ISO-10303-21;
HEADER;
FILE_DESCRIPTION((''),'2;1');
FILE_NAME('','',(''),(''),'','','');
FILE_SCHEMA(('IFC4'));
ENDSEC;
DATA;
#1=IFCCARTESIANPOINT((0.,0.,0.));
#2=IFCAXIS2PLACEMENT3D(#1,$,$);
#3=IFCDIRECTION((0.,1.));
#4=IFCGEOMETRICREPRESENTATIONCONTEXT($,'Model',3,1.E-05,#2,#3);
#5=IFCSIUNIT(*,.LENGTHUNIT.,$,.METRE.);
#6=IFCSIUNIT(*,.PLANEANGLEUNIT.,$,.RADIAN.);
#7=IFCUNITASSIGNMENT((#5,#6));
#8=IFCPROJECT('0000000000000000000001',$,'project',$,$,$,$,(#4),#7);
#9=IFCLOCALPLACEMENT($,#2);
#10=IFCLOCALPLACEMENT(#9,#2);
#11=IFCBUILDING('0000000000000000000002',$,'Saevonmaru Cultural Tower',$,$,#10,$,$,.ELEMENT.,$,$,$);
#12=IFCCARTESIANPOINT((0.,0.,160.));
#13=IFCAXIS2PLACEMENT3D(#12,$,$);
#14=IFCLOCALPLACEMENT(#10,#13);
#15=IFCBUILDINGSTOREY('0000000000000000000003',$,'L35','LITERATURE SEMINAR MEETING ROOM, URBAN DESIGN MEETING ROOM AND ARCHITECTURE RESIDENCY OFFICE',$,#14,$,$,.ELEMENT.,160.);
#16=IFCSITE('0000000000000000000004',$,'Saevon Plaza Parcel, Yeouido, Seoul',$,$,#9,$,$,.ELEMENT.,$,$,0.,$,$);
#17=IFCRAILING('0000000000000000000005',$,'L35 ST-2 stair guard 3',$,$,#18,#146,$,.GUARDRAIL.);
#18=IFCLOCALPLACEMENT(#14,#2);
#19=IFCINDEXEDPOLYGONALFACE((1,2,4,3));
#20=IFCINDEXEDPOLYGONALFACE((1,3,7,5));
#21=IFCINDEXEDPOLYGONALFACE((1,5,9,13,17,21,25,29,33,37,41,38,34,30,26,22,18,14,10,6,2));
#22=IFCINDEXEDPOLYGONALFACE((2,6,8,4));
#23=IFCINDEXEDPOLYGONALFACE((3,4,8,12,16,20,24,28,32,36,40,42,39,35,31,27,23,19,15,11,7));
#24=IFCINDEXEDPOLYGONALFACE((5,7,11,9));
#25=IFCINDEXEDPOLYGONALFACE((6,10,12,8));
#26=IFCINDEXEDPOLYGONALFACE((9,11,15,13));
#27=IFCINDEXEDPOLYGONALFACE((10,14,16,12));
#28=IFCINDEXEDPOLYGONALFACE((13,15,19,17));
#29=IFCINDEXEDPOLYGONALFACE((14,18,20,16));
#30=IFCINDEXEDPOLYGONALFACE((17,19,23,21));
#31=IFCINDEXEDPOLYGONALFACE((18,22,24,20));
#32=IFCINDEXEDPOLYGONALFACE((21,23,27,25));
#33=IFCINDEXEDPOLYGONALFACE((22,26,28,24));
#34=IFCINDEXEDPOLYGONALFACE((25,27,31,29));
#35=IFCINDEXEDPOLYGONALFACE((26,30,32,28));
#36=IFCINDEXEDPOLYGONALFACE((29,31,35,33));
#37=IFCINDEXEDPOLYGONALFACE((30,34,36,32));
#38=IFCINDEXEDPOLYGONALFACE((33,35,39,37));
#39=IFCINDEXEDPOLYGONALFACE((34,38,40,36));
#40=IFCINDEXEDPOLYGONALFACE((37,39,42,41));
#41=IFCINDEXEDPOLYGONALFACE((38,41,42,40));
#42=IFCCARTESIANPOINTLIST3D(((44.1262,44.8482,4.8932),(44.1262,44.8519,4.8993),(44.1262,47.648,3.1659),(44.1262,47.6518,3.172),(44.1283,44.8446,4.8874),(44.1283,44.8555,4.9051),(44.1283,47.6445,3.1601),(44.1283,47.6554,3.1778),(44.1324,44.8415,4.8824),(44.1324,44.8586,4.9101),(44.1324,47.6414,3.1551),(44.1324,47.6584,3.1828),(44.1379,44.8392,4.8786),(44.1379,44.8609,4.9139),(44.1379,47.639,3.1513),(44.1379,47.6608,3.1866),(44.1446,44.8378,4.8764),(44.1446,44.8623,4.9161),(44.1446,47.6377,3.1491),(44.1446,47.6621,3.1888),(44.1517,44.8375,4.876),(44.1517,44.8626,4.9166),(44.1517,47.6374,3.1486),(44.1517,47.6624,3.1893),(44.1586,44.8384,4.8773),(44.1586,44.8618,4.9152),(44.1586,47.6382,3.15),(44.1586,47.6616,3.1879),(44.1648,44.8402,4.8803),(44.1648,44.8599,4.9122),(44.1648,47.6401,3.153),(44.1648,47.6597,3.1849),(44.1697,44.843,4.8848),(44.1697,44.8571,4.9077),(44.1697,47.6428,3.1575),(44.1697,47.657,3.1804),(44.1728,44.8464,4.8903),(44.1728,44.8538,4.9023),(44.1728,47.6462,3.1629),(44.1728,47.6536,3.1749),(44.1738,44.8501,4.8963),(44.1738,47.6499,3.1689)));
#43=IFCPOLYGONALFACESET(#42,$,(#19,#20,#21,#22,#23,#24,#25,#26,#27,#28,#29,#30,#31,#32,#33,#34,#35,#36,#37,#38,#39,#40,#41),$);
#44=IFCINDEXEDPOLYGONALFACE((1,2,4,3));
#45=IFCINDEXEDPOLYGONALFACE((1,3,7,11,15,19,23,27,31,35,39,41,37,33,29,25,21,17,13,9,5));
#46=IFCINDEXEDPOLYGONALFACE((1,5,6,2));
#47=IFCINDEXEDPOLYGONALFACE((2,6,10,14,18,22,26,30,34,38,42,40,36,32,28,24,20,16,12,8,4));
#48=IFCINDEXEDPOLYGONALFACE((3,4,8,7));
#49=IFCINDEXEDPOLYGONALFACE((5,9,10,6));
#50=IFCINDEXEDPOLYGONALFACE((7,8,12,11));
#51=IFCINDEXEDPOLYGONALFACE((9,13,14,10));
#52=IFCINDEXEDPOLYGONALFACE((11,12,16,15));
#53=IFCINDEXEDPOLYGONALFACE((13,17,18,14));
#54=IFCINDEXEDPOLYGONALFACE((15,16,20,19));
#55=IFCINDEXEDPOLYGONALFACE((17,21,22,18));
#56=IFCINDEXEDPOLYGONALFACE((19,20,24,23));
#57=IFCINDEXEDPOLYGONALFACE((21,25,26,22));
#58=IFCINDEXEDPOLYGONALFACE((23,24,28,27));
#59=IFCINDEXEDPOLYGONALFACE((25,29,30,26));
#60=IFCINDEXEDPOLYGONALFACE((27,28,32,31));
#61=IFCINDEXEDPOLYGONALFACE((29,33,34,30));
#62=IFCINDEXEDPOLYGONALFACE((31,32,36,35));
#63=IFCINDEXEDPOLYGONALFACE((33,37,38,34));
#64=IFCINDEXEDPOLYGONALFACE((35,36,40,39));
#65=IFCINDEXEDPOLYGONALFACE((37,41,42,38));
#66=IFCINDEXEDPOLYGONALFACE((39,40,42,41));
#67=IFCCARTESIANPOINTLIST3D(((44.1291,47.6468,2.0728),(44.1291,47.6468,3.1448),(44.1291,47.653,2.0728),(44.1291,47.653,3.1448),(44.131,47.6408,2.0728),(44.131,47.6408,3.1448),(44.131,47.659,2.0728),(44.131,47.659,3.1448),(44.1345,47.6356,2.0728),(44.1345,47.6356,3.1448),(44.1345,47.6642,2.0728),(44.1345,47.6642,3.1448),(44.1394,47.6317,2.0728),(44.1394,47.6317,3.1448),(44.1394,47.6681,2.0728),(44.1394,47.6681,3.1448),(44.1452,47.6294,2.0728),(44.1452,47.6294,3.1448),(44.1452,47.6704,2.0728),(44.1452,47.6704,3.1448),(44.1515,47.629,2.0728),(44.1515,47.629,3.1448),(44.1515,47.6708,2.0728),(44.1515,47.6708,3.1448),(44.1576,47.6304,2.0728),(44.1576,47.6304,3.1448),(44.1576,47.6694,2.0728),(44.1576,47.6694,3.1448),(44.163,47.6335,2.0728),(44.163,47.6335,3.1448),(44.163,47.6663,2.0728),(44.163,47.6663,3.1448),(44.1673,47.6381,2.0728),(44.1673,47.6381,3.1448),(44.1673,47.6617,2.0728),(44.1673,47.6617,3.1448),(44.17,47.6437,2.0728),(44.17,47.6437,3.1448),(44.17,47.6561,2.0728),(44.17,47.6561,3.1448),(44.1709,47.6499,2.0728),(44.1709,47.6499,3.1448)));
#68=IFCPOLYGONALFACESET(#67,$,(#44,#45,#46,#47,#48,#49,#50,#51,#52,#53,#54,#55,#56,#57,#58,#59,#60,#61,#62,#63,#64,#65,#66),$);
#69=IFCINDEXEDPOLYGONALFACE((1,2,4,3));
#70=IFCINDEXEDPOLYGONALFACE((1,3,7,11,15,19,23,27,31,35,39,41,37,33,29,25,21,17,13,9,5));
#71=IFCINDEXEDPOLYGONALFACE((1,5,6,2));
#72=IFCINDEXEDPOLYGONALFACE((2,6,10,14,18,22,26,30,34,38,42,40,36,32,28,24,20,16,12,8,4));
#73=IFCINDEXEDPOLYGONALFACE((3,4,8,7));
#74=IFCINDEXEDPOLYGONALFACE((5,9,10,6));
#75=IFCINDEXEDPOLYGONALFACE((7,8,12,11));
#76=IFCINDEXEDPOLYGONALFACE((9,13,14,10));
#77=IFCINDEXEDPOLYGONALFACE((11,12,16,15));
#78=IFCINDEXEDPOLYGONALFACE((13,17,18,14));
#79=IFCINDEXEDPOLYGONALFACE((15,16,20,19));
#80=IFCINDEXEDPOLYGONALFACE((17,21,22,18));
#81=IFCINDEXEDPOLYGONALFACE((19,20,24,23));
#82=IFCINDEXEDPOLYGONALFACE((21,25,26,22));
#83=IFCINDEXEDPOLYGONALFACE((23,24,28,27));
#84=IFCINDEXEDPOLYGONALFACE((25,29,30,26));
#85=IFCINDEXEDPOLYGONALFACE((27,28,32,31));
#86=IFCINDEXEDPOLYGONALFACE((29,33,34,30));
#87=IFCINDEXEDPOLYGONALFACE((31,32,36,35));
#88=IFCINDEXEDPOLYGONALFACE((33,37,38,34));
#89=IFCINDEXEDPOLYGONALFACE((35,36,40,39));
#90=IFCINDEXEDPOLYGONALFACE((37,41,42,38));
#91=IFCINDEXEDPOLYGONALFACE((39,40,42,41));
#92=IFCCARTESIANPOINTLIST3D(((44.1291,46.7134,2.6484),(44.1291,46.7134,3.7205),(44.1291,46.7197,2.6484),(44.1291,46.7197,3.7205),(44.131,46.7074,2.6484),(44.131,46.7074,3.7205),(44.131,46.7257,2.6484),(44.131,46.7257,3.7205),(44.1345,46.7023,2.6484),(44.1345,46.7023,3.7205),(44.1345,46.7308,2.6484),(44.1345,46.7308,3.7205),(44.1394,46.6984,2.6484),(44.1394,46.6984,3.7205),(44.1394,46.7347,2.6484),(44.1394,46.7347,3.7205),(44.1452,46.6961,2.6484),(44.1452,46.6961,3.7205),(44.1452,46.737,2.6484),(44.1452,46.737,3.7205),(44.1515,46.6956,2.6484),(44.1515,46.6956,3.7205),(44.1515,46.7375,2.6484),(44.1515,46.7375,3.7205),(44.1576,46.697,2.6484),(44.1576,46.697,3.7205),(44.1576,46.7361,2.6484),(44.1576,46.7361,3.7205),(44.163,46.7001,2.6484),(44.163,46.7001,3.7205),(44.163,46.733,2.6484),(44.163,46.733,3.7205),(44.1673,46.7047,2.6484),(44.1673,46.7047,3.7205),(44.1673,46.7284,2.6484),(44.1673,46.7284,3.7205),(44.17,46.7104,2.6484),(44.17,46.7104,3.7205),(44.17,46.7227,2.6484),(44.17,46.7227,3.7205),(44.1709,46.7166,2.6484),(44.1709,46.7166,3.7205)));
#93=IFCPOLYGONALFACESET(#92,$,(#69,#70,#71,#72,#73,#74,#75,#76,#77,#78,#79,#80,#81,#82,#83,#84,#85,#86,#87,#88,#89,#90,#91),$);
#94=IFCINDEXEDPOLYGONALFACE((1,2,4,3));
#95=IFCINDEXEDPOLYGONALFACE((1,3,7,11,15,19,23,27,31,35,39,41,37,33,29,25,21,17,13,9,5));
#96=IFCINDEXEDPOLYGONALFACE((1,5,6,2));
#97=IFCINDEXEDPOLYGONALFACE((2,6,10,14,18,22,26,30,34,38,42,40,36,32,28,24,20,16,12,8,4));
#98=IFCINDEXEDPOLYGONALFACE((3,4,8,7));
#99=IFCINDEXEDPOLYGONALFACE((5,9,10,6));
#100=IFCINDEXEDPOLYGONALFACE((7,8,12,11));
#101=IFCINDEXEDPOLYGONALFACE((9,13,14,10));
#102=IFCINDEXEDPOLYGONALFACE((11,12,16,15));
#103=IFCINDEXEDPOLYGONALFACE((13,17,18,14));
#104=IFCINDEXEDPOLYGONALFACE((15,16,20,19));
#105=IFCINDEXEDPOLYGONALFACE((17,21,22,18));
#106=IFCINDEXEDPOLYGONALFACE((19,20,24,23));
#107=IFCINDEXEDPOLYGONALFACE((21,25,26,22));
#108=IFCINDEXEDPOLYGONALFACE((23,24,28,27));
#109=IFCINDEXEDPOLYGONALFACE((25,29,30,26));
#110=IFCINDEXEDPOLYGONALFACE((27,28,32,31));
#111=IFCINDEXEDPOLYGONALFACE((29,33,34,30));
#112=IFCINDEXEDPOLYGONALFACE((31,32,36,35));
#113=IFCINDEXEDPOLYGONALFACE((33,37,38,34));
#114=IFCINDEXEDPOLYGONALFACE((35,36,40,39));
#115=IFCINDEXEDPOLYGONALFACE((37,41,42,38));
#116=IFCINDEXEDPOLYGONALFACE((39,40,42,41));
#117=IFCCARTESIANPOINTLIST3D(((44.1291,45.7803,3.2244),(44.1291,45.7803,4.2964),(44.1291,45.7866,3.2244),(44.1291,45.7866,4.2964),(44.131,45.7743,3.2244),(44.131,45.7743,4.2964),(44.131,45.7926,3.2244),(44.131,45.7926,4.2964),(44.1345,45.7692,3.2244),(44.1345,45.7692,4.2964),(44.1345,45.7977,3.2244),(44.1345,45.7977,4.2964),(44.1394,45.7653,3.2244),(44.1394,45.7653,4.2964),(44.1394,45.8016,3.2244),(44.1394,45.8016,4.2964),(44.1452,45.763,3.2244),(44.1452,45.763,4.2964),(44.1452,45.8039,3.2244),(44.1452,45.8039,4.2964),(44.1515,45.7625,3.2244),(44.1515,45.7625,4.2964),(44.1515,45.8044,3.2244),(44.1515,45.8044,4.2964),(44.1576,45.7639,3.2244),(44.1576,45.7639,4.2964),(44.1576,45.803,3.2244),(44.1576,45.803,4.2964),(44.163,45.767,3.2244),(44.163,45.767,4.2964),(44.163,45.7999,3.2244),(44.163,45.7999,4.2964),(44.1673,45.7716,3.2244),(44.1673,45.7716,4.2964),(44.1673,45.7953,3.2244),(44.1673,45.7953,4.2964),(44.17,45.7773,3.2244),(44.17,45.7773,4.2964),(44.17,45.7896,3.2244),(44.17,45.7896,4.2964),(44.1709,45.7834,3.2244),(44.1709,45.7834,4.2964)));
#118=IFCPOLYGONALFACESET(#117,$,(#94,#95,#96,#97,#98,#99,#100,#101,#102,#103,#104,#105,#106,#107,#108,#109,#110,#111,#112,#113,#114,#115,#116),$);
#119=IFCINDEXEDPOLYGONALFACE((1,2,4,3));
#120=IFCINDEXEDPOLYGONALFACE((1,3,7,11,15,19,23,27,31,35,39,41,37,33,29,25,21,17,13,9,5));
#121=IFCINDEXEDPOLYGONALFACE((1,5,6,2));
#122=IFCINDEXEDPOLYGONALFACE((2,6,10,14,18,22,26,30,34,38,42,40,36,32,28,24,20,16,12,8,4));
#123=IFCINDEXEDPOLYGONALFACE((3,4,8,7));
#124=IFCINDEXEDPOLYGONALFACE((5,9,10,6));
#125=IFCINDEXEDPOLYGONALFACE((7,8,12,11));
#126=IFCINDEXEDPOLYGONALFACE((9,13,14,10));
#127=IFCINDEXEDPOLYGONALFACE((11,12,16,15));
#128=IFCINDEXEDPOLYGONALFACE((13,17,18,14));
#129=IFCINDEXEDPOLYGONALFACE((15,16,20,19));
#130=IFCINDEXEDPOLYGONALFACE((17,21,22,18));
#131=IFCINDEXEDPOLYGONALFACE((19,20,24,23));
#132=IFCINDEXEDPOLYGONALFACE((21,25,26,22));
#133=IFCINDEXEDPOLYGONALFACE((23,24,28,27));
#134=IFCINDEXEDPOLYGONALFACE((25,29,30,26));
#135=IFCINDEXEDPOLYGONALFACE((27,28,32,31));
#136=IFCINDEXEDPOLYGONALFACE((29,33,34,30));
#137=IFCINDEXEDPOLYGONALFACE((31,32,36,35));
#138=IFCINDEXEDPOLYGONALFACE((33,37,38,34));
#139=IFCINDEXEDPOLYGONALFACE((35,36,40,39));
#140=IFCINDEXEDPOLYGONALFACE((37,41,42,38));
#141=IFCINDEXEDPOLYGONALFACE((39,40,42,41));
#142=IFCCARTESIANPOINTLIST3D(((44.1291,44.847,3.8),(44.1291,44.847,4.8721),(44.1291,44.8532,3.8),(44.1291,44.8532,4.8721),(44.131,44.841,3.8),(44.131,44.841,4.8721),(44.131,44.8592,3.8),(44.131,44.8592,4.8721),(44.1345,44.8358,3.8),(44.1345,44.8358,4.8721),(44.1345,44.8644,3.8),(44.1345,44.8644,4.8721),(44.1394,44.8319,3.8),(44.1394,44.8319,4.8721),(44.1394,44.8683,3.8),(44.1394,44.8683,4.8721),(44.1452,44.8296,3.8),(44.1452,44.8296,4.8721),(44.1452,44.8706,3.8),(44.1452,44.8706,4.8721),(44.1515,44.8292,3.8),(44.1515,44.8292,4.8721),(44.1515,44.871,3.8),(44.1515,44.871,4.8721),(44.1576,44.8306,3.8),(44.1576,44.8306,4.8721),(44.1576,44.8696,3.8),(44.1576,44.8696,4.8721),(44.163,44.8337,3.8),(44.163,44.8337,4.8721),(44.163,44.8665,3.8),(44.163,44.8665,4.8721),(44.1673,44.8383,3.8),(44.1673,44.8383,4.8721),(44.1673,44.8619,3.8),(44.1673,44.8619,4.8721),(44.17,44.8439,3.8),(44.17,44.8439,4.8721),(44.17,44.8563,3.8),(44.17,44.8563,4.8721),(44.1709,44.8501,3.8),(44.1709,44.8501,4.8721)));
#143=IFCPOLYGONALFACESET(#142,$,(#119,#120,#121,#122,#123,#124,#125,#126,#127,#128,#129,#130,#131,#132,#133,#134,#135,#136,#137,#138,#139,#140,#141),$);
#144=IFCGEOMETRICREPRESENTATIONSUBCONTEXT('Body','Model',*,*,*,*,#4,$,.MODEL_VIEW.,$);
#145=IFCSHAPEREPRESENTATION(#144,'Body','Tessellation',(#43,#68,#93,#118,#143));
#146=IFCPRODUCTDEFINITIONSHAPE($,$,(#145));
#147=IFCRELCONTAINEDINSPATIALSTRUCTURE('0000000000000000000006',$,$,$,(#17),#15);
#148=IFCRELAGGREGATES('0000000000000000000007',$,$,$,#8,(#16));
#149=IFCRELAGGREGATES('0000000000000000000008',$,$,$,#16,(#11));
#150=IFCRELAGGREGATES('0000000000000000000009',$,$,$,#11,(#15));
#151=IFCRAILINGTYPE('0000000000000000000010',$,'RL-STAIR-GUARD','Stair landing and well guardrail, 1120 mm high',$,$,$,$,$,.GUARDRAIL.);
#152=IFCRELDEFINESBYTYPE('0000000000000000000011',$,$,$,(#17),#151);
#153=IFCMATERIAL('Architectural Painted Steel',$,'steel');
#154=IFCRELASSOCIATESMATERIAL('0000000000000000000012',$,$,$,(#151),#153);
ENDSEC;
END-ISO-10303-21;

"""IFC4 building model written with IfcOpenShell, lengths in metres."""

from ifc_helpers import new_model, si_unit, direction, frame, origin, origin_2d, place, context, subcontext, project, spatial, circle, extrude, material, type_object, element, save


model = new_model("IFC4")

# Units and contexts
model_context = context("Model", 3, precision=1e-05, world=origin(), true_north=direction((0.0, 1.0)))
body_context = subcontext(model_context, "Body", "Model", "MODEL_VIEW")
ifc_project = project(units=[si_unit("LENGTHUNIT", "METRE"), si_unit("PLANEANGLEUNIT", "RADIAN")], contexts=[model_context])

# Site, building, storey
site_placement = place(None, origin())
site = spatial("IfcSite", under=ifc_project, at=site_placement, Name="Saevon Plaza Parcel, Yeouido, Seoul", CompositionType="ELEMENT", RefElevation=0.0)
building_placement = place(site_placement, origin())
building = spatial("IfcBuilding", under=site, at=building_placement, Name="Saevonmaru Cultural Tower", CompositionType="ELEMENT")
storey_placement = place(building_placement, frame((0.0, 0.0, 160.0)))
storey = spatial("IfcBuildingStorey", under=building, at=storey_placement, Name="L35", Description="LITERATURE SEMINAR MEETING ROOM, URBAN DESIGN MEETING ROOM AND ARCHITECTURE RESIDENCY OFFICE", CompositionType="ELEMENT", Elevation=160.0)

# Railing
ifc_material_1 = material(Name="Architectural Painted Steel", Category="steel")
railing_type_1 = type_object("IfcRailingType", Name="RL-STAIR-GUARD", Description="Stair landing and well guardrail, 1120 mm high", PredefinedType="GUARDRAIL", material=ifc_material_1)
railing_1_placement = place(storey_placement, frame((44.1499, 47.6499, 2.0728)))
element("IfcRailing", 1, at=railing_1_placement, inside=storey, type_object=railing_type_1, Name="L35 ST-2 stair guard 3", PredefinedType="GUARDRAIL", context=body_context, shape_type="SweptSolid", body=[
    extrude(circle(Radius=0.0239, at=origin_2d()), frame((0.0, 0.0, 1.0962), z_axis=(0.0, -0.851069, 0.525054), x_axis=(1.0, 0.0, 0.0)), (0.0, 0.0, 1.0), 3.2898),
    extrude(circle(Radius=0.021, at=origin_2d()), origin(), (0.0, 0.0, 1.0), 1.072),
    extrude(circle(Radius=0.021, at=origin_2d()), frame((0.0, -0.9333, 0.5757)), (0.0, 0.0, 1.0), 1.072),
    extrude(circle(Radius=0.021, at=origin_2d()), frame((0.0, -1.8665, 1.1516)), (0.0, 0.0, 1.0), 1.072),
    extrude(circle(Radius=0.021, at=origin_2d()), frame((0.0, -2.7998, 1.7273)), (0.0, 0.0, 1.0), 1.072),
])

save(model, "model.ifc")
